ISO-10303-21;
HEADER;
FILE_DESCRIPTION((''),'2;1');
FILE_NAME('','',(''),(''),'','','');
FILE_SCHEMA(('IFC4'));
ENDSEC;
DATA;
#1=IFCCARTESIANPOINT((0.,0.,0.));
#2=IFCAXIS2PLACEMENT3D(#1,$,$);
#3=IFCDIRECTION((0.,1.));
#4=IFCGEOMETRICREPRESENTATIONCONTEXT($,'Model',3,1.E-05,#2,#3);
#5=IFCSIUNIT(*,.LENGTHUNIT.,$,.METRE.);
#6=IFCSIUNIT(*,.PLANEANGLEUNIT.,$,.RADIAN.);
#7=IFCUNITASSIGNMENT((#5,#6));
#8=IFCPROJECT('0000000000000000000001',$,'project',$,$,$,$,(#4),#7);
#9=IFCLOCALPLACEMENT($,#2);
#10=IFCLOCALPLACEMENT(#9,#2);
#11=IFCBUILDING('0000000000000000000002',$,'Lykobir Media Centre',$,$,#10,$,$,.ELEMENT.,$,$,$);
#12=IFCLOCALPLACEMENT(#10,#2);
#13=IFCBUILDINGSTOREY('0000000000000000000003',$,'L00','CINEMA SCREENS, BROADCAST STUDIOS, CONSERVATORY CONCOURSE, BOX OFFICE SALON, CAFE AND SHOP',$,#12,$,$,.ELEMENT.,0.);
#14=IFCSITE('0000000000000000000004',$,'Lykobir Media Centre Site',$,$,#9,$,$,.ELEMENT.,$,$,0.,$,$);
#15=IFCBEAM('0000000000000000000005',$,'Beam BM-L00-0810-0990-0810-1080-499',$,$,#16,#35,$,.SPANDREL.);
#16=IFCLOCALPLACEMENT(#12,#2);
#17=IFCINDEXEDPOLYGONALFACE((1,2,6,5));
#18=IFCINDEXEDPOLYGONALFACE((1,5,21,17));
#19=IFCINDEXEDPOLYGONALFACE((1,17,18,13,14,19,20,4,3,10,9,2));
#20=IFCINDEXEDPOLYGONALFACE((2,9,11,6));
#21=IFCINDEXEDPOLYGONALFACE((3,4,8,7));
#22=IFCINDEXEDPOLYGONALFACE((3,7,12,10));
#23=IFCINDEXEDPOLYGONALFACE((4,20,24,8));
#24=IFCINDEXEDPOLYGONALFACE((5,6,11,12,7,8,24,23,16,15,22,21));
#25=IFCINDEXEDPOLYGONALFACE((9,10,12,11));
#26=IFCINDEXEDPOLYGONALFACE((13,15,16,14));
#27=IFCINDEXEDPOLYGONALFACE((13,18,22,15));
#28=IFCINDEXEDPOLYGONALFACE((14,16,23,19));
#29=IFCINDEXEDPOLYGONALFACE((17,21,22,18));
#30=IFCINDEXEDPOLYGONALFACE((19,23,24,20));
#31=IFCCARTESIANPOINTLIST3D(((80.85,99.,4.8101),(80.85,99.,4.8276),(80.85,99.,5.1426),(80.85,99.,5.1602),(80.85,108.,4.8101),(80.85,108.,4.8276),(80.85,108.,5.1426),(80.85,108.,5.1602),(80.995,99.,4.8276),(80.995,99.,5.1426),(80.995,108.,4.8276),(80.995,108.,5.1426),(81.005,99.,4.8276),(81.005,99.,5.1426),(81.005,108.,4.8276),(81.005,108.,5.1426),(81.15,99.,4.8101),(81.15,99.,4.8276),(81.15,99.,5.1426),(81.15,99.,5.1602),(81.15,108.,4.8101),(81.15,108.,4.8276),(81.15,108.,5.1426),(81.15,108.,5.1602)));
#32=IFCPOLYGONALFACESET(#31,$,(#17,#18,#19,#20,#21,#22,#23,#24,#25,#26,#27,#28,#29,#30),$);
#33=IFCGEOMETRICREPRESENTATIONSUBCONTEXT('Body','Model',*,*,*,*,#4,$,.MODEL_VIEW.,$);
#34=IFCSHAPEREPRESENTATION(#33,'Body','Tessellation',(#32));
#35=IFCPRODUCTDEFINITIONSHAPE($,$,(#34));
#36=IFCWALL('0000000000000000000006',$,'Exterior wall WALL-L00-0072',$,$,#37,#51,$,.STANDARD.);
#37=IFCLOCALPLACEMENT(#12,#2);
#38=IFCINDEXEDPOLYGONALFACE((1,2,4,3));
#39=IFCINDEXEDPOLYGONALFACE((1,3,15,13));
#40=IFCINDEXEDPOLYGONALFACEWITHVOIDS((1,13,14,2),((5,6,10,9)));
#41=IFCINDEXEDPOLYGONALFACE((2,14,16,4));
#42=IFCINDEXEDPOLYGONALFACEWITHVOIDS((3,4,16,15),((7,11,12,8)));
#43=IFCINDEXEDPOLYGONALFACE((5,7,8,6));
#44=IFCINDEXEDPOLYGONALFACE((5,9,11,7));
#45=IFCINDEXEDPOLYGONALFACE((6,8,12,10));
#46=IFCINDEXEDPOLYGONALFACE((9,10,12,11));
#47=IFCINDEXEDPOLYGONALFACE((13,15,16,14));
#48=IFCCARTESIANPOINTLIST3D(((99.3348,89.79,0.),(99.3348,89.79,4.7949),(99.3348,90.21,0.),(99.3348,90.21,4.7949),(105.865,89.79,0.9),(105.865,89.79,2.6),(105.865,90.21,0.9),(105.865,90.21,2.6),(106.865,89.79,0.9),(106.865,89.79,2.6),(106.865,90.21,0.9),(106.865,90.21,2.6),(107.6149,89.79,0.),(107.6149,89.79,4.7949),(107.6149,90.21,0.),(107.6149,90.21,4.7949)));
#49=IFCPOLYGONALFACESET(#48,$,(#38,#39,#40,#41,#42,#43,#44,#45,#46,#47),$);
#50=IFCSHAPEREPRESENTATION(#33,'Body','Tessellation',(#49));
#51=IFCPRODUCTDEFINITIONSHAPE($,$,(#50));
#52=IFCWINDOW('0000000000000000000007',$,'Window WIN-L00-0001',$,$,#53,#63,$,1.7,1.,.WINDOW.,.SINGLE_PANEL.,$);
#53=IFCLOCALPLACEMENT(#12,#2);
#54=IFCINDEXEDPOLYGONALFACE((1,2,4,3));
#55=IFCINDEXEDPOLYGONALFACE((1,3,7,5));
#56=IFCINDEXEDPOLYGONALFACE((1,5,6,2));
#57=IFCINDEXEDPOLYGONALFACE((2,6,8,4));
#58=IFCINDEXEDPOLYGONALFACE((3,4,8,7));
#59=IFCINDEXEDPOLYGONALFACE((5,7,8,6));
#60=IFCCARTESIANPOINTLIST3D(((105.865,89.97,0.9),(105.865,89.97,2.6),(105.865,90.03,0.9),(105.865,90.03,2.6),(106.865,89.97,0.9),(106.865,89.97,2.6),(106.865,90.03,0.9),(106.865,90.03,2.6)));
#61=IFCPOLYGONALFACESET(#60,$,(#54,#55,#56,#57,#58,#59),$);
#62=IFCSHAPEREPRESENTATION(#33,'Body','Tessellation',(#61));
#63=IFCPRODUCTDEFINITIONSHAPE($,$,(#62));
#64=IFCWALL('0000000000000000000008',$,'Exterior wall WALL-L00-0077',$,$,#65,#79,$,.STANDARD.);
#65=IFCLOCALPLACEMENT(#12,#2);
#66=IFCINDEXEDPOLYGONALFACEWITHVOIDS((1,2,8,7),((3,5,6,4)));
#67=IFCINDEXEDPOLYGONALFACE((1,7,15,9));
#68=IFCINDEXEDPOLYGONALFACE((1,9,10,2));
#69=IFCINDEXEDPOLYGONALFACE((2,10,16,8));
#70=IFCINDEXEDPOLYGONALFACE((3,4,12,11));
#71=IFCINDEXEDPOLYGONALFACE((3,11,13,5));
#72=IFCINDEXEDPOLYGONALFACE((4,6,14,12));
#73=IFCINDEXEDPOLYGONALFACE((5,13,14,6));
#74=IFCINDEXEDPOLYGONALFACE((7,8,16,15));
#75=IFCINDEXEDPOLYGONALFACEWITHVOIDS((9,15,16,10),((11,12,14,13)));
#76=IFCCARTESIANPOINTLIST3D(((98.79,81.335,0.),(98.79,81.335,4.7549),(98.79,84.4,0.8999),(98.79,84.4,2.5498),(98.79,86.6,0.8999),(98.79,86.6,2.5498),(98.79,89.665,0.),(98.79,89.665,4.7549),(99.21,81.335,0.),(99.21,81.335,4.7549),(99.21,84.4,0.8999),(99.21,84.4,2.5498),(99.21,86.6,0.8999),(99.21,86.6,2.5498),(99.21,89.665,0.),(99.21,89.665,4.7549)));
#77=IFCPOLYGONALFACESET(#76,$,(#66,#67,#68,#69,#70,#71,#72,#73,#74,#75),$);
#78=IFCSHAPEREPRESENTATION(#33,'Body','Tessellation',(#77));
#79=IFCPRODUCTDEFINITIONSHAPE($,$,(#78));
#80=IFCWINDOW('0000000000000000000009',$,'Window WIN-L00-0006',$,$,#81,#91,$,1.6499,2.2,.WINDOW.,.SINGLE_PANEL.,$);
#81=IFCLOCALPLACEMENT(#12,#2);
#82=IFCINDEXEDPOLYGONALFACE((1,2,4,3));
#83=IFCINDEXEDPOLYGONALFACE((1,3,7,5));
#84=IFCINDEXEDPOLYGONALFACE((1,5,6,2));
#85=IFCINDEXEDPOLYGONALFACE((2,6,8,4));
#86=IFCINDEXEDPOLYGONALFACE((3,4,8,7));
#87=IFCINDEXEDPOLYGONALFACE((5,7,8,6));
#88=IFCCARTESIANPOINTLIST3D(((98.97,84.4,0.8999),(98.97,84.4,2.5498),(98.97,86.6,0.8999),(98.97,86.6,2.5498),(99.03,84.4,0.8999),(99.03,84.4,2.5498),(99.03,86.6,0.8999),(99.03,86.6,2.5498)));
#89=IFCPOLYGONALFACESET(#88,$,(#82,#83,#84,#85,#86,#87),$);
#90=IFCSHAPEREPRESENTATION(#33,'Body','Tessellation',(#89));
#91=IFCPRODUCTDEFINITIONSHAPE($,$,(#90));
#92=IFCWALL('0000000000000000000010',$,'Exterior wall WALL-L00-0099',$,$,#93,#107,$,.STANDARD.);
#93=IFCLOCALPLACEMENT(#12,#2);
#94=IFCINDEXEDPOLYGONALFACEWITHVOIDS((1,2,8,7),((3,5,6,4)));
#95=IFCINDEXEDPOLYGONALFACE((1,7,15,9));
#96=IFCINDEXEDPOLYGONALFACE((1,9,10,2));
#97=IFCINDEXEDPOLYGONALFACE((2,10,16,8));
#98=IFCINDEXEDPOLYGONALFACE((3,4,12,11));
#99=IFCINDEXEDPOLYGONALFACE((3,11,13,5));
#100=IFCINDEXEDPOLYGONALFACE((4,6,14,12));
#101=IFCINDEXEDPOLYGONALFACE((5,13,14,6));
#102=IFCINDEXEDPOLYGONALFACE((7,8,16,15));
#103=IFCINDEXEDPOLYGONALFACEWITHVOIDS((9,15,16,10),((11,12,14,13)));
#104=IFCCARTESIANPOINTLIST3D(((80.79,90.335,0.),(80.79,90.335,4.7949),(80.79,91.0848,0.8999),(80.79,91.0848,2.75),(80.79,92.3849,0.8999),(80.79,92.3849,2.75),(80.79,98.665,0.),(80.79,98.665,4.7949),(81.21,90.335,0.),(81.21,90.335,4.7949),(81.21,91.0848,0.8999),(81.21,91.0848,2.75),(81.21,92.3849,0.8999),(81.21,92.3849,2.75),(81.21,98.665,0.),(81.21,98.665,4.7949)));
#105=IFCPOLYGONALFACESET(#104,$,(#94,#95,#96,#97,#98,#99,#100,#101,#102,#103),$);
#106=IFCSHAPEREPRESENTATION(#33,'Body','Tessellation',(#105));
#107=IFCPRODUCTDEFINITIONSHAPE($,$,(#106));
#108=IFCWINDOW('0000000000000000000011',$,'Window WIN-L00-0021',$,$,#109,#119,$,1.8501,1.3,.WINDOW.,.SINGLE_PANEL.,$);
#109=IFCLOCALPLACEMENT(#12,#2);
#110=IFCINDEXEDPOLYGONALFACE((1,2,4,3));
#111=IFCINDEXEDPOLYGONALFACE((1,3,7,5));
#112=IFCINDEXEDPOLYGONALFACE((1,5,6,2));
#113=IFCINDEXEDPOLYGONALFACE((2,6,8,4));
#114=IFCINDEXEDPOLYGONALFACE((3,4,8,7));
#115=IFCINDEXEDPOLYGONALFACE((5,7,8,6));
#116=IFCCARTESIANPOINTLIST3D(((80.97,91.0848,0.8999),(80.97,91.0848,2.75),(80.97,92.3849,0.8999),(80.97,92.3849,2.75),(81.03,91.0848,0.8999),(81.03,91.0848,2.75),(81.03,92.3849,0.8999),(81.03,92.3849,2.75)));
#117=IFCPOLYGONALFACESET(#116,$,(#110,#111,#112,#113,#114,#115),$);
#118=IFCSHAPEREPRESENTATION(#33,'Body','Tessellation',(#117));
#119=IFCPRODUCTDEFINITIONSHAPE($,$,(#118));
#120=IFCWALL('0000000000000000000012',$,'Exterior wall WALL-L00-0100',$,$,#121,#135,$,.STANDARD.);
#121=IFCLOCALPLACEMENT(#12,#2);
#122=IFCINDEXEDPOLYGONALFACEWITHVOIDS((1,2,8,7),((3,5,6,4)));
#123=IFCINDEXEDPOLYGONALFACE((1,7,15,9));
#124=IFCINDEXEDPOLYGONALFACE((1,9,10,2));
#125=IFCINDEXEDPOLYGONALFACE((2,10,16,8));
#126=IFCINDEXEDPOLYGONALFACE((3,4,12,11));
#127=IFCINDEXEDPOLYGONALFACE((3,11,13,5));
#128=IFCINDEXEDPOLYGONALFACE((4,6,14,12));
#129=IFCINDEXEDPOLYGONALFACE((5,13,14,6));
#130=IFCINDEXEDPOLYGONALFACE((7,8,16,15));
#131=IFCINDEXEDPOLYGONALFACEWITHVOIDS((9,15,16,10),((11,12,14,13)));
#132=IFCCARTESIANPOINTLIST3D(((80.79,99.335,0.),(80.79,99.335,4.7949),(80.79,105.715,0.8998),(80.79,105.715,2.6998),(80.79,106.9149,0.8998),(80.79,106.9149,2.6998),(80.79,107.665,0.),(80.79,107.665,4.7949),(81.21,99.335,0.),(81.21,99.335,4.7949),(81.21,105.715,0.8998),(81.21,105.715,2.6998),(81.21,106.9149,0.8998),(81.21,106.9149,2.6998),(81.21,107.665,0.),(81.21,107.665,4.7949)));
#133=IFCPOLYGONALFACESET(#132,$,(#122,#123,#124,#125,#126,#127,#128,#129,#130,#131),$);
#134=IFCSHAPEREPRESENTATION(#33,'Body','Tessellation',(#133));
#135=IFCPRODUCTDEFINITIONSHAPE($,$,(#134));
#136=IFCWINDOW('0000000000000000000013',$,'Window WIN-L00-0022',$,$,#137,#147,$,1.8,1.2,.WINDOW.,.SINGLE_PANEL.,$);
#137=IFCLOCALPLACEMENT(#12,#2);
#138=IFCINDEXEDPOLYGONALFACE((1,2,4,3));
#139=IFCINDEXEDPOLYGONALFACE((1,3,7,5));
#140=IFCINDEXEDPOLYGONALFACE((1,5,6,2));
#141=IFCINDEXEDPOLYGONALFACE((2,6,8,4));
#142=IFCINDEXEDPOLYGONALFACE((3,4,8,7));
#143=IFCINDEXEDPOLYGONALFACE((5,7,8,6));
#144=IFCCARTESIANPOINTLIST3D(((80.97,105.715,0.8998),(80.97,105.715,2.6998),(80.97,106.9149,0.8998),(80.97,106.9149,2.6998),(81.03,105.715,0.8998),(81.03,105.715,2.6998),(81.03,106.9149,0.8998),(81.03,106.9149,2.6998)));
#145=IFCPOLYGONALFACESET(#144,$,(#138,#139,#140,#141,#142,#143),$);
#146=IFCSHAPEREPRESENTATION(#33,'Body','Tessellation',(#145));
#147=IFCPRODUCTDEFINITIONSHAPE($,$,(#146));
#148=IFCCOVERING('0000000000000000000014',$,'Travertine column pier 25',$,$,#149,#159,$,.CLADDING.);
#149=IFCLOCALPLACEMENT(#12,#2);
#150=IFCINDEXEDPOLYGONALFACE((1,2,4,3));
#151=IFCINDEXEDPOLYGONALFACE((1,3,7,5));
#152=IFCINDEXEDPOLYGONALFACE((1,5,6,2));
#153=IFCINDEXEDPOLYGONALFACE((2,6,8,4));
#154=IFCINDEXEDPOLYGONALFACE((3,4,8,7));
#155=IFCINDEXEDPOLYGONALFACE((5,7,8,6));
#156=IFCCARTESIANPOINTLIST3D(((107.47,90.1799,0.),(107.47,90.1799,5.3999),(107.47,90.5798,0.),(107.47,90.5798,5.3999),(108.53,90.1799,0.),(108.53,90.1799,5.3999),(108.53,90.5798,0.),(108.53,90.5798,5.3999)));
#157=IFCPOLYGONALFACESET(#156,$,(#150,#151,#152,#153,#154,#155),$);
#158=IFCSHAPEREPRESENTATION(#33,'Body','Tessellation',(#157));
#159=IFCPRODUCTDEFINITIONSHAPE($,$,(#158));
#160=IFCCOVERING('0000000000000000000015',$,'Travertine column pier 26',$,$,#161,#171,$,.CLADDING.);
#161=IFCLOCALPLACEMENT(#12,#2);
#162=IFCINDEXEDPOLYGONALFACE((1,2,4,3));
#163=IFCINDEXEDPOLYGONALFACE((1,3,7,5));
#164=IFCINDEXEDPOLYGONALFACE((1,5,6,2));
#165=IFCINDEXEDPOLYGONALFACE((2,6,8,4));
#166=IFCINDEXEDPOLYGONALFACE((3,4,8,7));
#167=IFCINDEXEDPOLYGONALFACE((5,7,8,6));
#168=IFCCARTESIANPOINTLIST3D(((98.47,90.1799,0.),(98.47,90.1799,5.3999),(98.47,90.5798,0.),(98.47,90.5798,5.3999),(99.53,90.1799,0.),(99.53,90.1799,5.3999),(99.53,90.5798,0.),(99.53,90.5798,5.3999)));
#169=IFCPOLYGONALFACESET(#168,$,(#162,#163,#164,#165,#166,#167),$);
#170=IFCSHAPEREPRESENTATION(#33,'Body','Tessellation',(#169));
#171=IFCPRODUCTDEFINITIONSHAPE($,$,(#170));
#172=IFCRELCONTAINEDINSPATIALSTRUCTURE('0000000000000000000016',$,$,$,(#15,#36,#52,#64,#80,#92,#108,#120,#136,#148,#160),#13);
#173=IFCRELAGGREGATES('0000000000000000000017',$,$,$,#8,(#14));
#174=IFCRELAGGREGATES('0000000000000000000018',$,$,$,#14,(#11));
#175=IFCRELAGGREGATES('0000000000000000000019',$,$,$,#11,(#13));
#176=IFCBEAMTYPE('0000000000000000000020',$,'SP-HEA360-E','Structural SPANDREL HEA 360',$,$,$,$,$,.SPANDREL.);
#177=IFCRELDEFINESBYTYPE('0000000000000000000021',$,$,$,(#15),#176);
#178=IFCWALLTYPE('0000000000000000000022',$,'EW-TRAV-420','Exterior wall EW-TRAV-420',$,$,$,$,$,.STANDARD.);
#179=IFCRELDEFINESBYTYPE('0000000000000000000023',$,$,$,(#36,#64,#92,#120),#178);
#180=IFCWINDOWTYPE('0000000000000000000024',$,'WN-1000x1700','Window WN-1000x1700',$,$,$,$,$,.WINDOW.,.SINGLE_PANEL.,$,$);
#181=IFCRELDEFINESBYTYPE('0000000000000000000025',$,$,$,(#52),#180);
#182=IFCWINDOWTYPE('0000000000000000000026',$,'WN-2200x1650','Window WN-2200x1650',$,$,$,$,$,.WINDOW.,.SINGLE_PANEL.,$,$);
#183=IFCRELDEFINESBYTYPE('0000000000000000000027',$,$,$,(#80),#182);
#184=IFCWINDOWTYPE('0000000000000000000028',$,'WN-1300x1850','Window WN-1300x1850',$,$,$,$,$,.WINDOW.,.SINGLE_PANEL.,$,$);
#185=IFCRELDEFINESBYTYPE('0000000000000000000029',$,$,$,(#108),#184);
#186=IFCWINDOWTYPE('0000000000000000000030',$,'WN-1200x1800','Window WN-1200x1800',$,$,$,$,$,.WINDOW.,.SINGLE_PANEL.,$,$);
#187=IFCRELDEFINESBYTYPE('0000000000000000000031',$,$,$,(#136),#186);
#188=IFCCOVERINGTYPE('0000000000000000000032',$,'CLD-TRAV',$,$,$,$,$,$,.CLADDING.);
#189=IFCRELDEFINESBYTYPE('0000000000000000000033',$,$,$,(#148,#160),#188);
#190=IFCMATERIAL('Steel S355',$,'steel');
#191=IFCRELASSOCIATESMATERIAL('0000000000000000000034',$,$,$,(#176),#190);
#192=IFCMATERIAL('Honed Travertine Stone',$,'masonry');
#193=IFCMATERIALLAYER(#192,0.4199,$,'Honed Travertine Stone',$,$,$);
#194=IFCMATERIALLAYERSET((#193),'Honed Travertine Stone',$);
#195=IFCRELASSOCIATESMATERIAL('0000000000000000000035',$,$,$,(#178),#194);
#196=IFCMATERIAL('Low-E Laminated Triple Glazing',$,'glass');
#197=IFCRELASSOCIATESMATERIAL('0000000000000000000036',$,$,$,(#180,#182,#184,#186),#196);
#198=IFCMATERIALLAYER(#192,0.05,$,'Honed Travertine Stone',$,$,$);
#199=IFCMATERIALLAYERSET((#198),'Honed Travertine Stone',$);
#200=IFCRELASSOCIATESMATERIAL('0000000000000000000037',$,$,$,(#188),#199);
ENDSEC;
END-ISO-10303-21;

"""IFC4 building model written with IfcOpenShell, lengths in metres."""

from ifc_helpers import new_model, si_unit, direction, frame, frame_2d, origin, origin_2d, place, context, subcontext, project, spatial, rectangle, i_section, extrude, material, layer, layer_set, material_profile, profile_set, type_object, element, fill, save


model = new_model("IFC4")

# Units and contexts
model_context = context("Model", 3, precision=1e-05, world=origin(), true_north=direction((0.0, 1.0)))
body_context = subcontext(model_context, "Body", "Model", "MODEL_VIEW")
ifc_project = project(units=[si_unit("LENGTHUNIT", "METRE"), si_unit("PLANEANGLEUNIT", "RADIAN")], contexts=[model_context])

# Site, building, storey
site_placement = place(None, origin())
site = spatial("IfcSite", under=ifc_project, at=site_placement, Name="Lykobir Media Centre Site", CompositionType="ELEMENT", RefElevation=0.0)
building_placement = place(site_placement, origin())
building = spatial("IfcBuilding", under=site, at=building_placement, Name="Lykobir Media Centre", CompositionType="ELEMENT")
storey_placement = place(building_placement, origin())
storey = spatial("IfcBuildingStorey", under=building, at=storey_placement, Name="L00", Description="CINEMA SCREENS, BROADCAST STUDIOS, CONSERVATORY CONCOURSE, BOX OFFICE SALON, CAFE AND SHOP", CompositionType="ELEMENT", Elevation=0.0)

# Shared definitions
ifc_material_1 = material(Name="Honed Travertine Stone", Category="masonry")

# Beam
ifc_material_2 = material(Name="Steel S355", Category="steel")
ifc_material_profile_1 = material_profile(ifc_material_2, i_section(OverallWidth=0.3, OverallDepth=0.3501, WebThickness=0.01, FlangeThickness=0.0176, at=origin_2d()), Name="HEA 360")
ifc_profile_set_1 = profile_set([ifc_material_profile_1], Name="Steel S355")
beam_type_1 = type_object("IfcBeamType", Name="SP-HEA360-E", Description="Structural SPANDREL HEA 360", PredefinedType="SPANDREL", material=ifc_profile_set_1)
for number, where, z_axis, x_axis, name in (
    (1, (81.0, 99.0, 4.9851), (0.0, 1.0, 0.0), (-1.0, 0.0, 0.0), "Beam BM-L00-0810-0990-0810-1080-499"),
):
    element("IfcBeam", number, at=place(storey_placement, frame(where, z_axis=z_axis, x_axis=x_axis)), inside=storey, type_object=beam_type_1, Name=name, PredefinedType="SPANDREL", context=body_context, shape_type="SweptSolid", body=[
        extrude(i_section(OverallWidth=0.3, OverallDepth=0.3501, WebThickness=0.01, FlangeThickness=0.0176, at=origin_2d()), origin(), (0.0, 0.0, 1.0), 9.0),
    ])

# Walls, openings, windows
ifc_layer_1 = layer(ifc_material_1, 0.4199, Name="Honed Travertine Stone")
ifc_layer_set_1 = layer_set([ifc_layer_1], Name="Honed Travertine Stone")
wall_type = type_object("IfcWallType", Name="EW-TRAV-420", Description="Exterior wall EW-TRAV-420", PredefinedType="STANDARD", material=ifc_layer_set_1)
wall_1_placement = place(storey_placement, frame((107.615, 90.0, 0.0), z_axis=(0.0, 0.0, 1.0), x_axis=(-1.0, 0.0, 0.0)))
wall_1 = element("IfcWall", 2, at=wall_1_placement, inside=storey, type_object=wall_type, Name="Exterior wall WALL-L00-0072", PredefinedType="STANDARD", context=body_context, shape_type="SweptSolid", body=[
    extrude(rectangle(XDim=8.28, YDim=0.4199, at=frame_2d((4.1401, 0.0))), origin(), (0.0, 0.0, 1.0), 4.7949),
])
opening_1_placement = place(wall_1_placement, frame((0.75, 0.0, 0.8999)))
opening_1 = element("IfcOpeningElement", 3, at=opening_1_placement, cuts=wall_1, PredefinedType="OPENING", context=body_context, shape_type="SweptSolid", body=[
    extrude(rectangle(XDim=1.0, YDim=1.7, at=frame_2d((0.5, 0.8501))), frame((0.0, 0.22, 0.0), z_axis=(0.0, -1.0, 0.0), x_axis=(1.0, 0.0, 0.0)), (0.0, 0.0, 1.0), 0.4399),
])
ifc_material_3 = material(Name="Low-E Laminated Triple Glazing", Category="glass")
window_type_1 = type_object("IfcWindowType", Name="WN-1000x1700", Description="Window WN-1000x1700", PartitioningType="SINGLE_PANEL", PredefinedType="WINDOW", material=ifc_material_3)
window_1_placement = place(opening_1_placement, origin())
window_1 = element("IfcWindow", 4, at=window_1_placement, inside=storey, type_object=window_type_1, Name="Window WIN-L00-0001", OverallHeight=1.7, OverallWidth=1.0, PartitioningType="SINGLE_PANEL", PredefinedType="WINDOW", context=body_context, shape_type="SweptSolid", body=[
    extrude(rectangle(XDim=1.0, YDim=1.7, at=frame_2d((0.5, 0.8501))), frame((0.0, 0.03, 0.0), z_axis=(0.0, -1.0, 0.0), x_axis=(1.0, 0.0, 0.0)), (0.0, 0.0, 1.0), 0.0601),
])
fill(opening_1, window_1)
wall_2_placement = place(storey_placement, frame((99.0, 89.665, 0.0), z_axis=(0.0, 0.0, 1.0), x_axis=(0.0, -1.0, 0.0)))
wall_2 = element("IfcWall", 5, at=wall_2_placement, inside=storey, type_object=wall_type, Name="Exterior wall WALL-L00-0077", PredefinedType="STANDARD", context=body_context, shape_type="SweptSolid", body=[
    extrude(rectangle(XDim=8.3301, YDim=0.4199, at=frame_2d((4.165, 0.0))), origin(), (0.0, 0.0, 1.0), 4.7549),
])
opening_2_placement = place(wall_2_placement, frame((3.0649, 0.0, 0.8999)))
opening_2 = element("IfcOpeningElement", 6, at=opening_2_placement, cuts=wall_2, PredefinedType="OPENING", context=body_context, shape_type="SweptSolid", body=[
    extrude(rectangle(XDim=2.2, YDim=1.6499, at=frame_2d((1.1001, 0.825))), frame((0.0, 0.22, 0.0), z_axis=(0.0, -1.0, 0.0), x_axis=(1.0, 0.0, 0.0)), (0.0, 0.0, 1.0), 0.4399),
])
window_type_2 = type_object("IfcWindowType", Name="WN-2200x1650", Description="Window WN-2200x1650", PartitioningType="SINGLE_PANEL", PredefinedType="WINDOW", material=ifc_material_3)
window_2_placement = place(opening_2_placement, origin())
window_2 = element("IfcWindow", 7, at=window_2_placement, inside=storey, type_object=window_type_2, Name="Window WIN-L00-0006", OverallHeight=1.6499, OverallWidth=2.2, PartitioningType="SINGLE_PANEL", PredefinedType="WINDOW", context=body_context, shape_type="SweptSolid", body=[
    extrude(rectangle(XDim=2.2, YDim=1.6499, at=frame_2d((1.1001, 0.825))), frame((0.0, 0.03, 0.0), z_axis=(0.0, -1.0, 0.0), x_axis=(1.0, 0.0, 0.0)), (0.0, 0.0, 1.0), 0.0601),
])
fill(opening_2, window_2)
wall_3_placement = place(storey_placement, frame((81.0, 90.335, 0.0), z_axis=(0.0, 0.0, 1.0), x_axis=(0.0, 1.0, 0.0)))
wall_3 = element("IfcWall", 8, at=wall_3_placement, inside=storey, type_object=wall_type, Name="Exterior wall WALL-L00-0099", PredefinedType="STANDARD", context=body_context, shape_type="SweptSolid", body=[
    extrude(rectangle(XDim=8.3301, YDim=0.4199, at=frame_2d((4.165, 0.0))), origin(), (0.0, 0.0, 1.0), 4.7949),
])
opening_3_placement = place(wall_3_placement, frame((0.75, 0.0, 0.8999)))
opening_3 = element("IfcOpeningElement", 9, at=opening_3_placement, cuts=wall_3, PredefinedType="OPENING", context=body_context, shape_type="SweptSolid", body=[
    extrude(rectangle(XDim=1.3, YDim=1.8501, at=frame_2d((0.6499, 0.925))), frame((0.0, 0.22, 0.0), z_axis=(0.0, -1.0, 0.0), x_axis=(1.0, 0.0, 0.0)), (0.0, 0.0, 1.0), 0.4399),
])
window_type_3 = type_object("IfcWindowType", Name="WN-1300x1850", Description="Window WN-1300x1850", PartitioningType="SINGLE_PANEL", PredefinedType="WINDOW", material=ifc_material_3)
window_3_placement = place(opening_3_placement, origin())
window_3 = element("IfcWindow", 10, at=window_3_placement, inside=storey, type_object=window_type_3, Name="Window WIN-L00-0021", OverallHeight=1.8501, OverallWidth=1.3, PartitioningType="SINGLE_PANEL", PredefinedType="WINDOW", context=body_context, shape_type="SweptSolid", body=[
    extrude(rectangle(XDim=1.3, YDim=1.8501, at=frame_2d((0.6499, 0.925))), frame((0.0, 0.03, 0.0), z_axis=(0.0, -1.0, 0.0), x_axis=(1.0, 0.0, 0.0)), (0.0, 0.0, 1.0), 0.0601),
])
fill(opening_3, window_3)
wall_4_placement = place(storey_placement, frame((81.0, 99.335, 0.0), z_axis=(0.0, 0.0, 1.0), x_axis=(0.0, 1.0, 0.0)))
wall_4 = element("IfcWall", 11, at=wall_4_placement, inside=storey, type_object=wall_type, Name="Exterior wall WALL-L00-0100", PredefinedType="STANDARD", context=body_context, shape_type="SweptSolid", body=[
    extrude(rectangle(XDim=8.3301, YDim=0.4199, at=frame_2d((4.165, 0.0))), origin(), (0.0, 0.0, 1.0), 4.7949),
])
opening_4_placement = place(wall_4_placement, frame((6.3799, 0.0, 0.8999)))
opening_4 = element("IfcOpeningElement", 12, at=opening_4_placement, cuts=wall_4, PredefinedType="OPENING", context=body_context, shape_type="SweptSolid", body=[
    extrude(rectangle(XDim=1.2, YDim=1.8, at=frame_2d((0.6001, 0.8999))), frame((0.0, 0.22, 0.0), z_axis=(0.0, -1.0, 0.0), x_axis=(1.0, 0.0, 0.0)), (0.0, 0.0, 1.0), 0.4399),
])
window_type_4 = type_object("IfcWindowType", Name="WN-1200x1800", Description="Window WN-1200x1800", PartitioningType="SINGLE_PANEL", PredefinedType="WINDOW", material=ifc_material_3)
window_4_placement = place(opening_4_placement, origin())
window_4 = element("IfcWindow", 13, at=window_4_placement, inside=storey, type_object=window_type_4, Name="Window WIN-L00-0022", OverallHeight=1.8, OverallWidth=1.2, PartitioningType="SINGLE_PANEL", PredefinedType="WINDOW", context=body_context, shape_type="SweptSolid", body=[
    extrude(rectangle(XDim=1.2, YDim=1.8, at=frame_2d((0.6001, 0.8999))), frame((0.0, 0.03, 0.0), z_axis=(0.0, -1.0, 0.0), x_axis=(1.0, 0.0, 0.0)), (0.0, 0.0, 1.0), 0.0601),
])
fill(opening_4, window_4)

# Coverings
ifc_layer_2 = layer(ifc_material_1, 0.05, Name="Honed Travertine Stone")
ifc_layer_set_2 = layer_set([ifc_layer_2], Name="Honed Travertine Stone")
covering_type = type_object("IfcCoveringType", Name="CLD-TRAV", PredefinedType="CLADDING", material=ifc_layer_set_2)
for number, where, z_axis, x_axis, name in (
    (14, (108.0, 90.3799, 0.0), (0.0, 0.0, 1.0), (-1.0, 0.0, 0.0), "Travertine column pier 25"),
    (15, (99.0, 90.3799, 0.0), (0.0, 0.0, 1.0), (-1.0, 0.0, 0.0), "Travertine column pier 26"),
):
    element("IfcCovering", number, at=place(storey_placement, frame(where, z_axis=z_axis, x_axis=x_axis)), inside=storey, type_object=covering_type, Name=name, PredefinedType="CLADDING", context=body_context, shape_type="SweptSolid", body=[
        extrude(rectangle(XDim=1.0601, YDim=0.3999, at=origin_2d()), origin(), (0.0, 0.0, 1.0), 5.3999),
    ])

save(model, "model.ifc")
